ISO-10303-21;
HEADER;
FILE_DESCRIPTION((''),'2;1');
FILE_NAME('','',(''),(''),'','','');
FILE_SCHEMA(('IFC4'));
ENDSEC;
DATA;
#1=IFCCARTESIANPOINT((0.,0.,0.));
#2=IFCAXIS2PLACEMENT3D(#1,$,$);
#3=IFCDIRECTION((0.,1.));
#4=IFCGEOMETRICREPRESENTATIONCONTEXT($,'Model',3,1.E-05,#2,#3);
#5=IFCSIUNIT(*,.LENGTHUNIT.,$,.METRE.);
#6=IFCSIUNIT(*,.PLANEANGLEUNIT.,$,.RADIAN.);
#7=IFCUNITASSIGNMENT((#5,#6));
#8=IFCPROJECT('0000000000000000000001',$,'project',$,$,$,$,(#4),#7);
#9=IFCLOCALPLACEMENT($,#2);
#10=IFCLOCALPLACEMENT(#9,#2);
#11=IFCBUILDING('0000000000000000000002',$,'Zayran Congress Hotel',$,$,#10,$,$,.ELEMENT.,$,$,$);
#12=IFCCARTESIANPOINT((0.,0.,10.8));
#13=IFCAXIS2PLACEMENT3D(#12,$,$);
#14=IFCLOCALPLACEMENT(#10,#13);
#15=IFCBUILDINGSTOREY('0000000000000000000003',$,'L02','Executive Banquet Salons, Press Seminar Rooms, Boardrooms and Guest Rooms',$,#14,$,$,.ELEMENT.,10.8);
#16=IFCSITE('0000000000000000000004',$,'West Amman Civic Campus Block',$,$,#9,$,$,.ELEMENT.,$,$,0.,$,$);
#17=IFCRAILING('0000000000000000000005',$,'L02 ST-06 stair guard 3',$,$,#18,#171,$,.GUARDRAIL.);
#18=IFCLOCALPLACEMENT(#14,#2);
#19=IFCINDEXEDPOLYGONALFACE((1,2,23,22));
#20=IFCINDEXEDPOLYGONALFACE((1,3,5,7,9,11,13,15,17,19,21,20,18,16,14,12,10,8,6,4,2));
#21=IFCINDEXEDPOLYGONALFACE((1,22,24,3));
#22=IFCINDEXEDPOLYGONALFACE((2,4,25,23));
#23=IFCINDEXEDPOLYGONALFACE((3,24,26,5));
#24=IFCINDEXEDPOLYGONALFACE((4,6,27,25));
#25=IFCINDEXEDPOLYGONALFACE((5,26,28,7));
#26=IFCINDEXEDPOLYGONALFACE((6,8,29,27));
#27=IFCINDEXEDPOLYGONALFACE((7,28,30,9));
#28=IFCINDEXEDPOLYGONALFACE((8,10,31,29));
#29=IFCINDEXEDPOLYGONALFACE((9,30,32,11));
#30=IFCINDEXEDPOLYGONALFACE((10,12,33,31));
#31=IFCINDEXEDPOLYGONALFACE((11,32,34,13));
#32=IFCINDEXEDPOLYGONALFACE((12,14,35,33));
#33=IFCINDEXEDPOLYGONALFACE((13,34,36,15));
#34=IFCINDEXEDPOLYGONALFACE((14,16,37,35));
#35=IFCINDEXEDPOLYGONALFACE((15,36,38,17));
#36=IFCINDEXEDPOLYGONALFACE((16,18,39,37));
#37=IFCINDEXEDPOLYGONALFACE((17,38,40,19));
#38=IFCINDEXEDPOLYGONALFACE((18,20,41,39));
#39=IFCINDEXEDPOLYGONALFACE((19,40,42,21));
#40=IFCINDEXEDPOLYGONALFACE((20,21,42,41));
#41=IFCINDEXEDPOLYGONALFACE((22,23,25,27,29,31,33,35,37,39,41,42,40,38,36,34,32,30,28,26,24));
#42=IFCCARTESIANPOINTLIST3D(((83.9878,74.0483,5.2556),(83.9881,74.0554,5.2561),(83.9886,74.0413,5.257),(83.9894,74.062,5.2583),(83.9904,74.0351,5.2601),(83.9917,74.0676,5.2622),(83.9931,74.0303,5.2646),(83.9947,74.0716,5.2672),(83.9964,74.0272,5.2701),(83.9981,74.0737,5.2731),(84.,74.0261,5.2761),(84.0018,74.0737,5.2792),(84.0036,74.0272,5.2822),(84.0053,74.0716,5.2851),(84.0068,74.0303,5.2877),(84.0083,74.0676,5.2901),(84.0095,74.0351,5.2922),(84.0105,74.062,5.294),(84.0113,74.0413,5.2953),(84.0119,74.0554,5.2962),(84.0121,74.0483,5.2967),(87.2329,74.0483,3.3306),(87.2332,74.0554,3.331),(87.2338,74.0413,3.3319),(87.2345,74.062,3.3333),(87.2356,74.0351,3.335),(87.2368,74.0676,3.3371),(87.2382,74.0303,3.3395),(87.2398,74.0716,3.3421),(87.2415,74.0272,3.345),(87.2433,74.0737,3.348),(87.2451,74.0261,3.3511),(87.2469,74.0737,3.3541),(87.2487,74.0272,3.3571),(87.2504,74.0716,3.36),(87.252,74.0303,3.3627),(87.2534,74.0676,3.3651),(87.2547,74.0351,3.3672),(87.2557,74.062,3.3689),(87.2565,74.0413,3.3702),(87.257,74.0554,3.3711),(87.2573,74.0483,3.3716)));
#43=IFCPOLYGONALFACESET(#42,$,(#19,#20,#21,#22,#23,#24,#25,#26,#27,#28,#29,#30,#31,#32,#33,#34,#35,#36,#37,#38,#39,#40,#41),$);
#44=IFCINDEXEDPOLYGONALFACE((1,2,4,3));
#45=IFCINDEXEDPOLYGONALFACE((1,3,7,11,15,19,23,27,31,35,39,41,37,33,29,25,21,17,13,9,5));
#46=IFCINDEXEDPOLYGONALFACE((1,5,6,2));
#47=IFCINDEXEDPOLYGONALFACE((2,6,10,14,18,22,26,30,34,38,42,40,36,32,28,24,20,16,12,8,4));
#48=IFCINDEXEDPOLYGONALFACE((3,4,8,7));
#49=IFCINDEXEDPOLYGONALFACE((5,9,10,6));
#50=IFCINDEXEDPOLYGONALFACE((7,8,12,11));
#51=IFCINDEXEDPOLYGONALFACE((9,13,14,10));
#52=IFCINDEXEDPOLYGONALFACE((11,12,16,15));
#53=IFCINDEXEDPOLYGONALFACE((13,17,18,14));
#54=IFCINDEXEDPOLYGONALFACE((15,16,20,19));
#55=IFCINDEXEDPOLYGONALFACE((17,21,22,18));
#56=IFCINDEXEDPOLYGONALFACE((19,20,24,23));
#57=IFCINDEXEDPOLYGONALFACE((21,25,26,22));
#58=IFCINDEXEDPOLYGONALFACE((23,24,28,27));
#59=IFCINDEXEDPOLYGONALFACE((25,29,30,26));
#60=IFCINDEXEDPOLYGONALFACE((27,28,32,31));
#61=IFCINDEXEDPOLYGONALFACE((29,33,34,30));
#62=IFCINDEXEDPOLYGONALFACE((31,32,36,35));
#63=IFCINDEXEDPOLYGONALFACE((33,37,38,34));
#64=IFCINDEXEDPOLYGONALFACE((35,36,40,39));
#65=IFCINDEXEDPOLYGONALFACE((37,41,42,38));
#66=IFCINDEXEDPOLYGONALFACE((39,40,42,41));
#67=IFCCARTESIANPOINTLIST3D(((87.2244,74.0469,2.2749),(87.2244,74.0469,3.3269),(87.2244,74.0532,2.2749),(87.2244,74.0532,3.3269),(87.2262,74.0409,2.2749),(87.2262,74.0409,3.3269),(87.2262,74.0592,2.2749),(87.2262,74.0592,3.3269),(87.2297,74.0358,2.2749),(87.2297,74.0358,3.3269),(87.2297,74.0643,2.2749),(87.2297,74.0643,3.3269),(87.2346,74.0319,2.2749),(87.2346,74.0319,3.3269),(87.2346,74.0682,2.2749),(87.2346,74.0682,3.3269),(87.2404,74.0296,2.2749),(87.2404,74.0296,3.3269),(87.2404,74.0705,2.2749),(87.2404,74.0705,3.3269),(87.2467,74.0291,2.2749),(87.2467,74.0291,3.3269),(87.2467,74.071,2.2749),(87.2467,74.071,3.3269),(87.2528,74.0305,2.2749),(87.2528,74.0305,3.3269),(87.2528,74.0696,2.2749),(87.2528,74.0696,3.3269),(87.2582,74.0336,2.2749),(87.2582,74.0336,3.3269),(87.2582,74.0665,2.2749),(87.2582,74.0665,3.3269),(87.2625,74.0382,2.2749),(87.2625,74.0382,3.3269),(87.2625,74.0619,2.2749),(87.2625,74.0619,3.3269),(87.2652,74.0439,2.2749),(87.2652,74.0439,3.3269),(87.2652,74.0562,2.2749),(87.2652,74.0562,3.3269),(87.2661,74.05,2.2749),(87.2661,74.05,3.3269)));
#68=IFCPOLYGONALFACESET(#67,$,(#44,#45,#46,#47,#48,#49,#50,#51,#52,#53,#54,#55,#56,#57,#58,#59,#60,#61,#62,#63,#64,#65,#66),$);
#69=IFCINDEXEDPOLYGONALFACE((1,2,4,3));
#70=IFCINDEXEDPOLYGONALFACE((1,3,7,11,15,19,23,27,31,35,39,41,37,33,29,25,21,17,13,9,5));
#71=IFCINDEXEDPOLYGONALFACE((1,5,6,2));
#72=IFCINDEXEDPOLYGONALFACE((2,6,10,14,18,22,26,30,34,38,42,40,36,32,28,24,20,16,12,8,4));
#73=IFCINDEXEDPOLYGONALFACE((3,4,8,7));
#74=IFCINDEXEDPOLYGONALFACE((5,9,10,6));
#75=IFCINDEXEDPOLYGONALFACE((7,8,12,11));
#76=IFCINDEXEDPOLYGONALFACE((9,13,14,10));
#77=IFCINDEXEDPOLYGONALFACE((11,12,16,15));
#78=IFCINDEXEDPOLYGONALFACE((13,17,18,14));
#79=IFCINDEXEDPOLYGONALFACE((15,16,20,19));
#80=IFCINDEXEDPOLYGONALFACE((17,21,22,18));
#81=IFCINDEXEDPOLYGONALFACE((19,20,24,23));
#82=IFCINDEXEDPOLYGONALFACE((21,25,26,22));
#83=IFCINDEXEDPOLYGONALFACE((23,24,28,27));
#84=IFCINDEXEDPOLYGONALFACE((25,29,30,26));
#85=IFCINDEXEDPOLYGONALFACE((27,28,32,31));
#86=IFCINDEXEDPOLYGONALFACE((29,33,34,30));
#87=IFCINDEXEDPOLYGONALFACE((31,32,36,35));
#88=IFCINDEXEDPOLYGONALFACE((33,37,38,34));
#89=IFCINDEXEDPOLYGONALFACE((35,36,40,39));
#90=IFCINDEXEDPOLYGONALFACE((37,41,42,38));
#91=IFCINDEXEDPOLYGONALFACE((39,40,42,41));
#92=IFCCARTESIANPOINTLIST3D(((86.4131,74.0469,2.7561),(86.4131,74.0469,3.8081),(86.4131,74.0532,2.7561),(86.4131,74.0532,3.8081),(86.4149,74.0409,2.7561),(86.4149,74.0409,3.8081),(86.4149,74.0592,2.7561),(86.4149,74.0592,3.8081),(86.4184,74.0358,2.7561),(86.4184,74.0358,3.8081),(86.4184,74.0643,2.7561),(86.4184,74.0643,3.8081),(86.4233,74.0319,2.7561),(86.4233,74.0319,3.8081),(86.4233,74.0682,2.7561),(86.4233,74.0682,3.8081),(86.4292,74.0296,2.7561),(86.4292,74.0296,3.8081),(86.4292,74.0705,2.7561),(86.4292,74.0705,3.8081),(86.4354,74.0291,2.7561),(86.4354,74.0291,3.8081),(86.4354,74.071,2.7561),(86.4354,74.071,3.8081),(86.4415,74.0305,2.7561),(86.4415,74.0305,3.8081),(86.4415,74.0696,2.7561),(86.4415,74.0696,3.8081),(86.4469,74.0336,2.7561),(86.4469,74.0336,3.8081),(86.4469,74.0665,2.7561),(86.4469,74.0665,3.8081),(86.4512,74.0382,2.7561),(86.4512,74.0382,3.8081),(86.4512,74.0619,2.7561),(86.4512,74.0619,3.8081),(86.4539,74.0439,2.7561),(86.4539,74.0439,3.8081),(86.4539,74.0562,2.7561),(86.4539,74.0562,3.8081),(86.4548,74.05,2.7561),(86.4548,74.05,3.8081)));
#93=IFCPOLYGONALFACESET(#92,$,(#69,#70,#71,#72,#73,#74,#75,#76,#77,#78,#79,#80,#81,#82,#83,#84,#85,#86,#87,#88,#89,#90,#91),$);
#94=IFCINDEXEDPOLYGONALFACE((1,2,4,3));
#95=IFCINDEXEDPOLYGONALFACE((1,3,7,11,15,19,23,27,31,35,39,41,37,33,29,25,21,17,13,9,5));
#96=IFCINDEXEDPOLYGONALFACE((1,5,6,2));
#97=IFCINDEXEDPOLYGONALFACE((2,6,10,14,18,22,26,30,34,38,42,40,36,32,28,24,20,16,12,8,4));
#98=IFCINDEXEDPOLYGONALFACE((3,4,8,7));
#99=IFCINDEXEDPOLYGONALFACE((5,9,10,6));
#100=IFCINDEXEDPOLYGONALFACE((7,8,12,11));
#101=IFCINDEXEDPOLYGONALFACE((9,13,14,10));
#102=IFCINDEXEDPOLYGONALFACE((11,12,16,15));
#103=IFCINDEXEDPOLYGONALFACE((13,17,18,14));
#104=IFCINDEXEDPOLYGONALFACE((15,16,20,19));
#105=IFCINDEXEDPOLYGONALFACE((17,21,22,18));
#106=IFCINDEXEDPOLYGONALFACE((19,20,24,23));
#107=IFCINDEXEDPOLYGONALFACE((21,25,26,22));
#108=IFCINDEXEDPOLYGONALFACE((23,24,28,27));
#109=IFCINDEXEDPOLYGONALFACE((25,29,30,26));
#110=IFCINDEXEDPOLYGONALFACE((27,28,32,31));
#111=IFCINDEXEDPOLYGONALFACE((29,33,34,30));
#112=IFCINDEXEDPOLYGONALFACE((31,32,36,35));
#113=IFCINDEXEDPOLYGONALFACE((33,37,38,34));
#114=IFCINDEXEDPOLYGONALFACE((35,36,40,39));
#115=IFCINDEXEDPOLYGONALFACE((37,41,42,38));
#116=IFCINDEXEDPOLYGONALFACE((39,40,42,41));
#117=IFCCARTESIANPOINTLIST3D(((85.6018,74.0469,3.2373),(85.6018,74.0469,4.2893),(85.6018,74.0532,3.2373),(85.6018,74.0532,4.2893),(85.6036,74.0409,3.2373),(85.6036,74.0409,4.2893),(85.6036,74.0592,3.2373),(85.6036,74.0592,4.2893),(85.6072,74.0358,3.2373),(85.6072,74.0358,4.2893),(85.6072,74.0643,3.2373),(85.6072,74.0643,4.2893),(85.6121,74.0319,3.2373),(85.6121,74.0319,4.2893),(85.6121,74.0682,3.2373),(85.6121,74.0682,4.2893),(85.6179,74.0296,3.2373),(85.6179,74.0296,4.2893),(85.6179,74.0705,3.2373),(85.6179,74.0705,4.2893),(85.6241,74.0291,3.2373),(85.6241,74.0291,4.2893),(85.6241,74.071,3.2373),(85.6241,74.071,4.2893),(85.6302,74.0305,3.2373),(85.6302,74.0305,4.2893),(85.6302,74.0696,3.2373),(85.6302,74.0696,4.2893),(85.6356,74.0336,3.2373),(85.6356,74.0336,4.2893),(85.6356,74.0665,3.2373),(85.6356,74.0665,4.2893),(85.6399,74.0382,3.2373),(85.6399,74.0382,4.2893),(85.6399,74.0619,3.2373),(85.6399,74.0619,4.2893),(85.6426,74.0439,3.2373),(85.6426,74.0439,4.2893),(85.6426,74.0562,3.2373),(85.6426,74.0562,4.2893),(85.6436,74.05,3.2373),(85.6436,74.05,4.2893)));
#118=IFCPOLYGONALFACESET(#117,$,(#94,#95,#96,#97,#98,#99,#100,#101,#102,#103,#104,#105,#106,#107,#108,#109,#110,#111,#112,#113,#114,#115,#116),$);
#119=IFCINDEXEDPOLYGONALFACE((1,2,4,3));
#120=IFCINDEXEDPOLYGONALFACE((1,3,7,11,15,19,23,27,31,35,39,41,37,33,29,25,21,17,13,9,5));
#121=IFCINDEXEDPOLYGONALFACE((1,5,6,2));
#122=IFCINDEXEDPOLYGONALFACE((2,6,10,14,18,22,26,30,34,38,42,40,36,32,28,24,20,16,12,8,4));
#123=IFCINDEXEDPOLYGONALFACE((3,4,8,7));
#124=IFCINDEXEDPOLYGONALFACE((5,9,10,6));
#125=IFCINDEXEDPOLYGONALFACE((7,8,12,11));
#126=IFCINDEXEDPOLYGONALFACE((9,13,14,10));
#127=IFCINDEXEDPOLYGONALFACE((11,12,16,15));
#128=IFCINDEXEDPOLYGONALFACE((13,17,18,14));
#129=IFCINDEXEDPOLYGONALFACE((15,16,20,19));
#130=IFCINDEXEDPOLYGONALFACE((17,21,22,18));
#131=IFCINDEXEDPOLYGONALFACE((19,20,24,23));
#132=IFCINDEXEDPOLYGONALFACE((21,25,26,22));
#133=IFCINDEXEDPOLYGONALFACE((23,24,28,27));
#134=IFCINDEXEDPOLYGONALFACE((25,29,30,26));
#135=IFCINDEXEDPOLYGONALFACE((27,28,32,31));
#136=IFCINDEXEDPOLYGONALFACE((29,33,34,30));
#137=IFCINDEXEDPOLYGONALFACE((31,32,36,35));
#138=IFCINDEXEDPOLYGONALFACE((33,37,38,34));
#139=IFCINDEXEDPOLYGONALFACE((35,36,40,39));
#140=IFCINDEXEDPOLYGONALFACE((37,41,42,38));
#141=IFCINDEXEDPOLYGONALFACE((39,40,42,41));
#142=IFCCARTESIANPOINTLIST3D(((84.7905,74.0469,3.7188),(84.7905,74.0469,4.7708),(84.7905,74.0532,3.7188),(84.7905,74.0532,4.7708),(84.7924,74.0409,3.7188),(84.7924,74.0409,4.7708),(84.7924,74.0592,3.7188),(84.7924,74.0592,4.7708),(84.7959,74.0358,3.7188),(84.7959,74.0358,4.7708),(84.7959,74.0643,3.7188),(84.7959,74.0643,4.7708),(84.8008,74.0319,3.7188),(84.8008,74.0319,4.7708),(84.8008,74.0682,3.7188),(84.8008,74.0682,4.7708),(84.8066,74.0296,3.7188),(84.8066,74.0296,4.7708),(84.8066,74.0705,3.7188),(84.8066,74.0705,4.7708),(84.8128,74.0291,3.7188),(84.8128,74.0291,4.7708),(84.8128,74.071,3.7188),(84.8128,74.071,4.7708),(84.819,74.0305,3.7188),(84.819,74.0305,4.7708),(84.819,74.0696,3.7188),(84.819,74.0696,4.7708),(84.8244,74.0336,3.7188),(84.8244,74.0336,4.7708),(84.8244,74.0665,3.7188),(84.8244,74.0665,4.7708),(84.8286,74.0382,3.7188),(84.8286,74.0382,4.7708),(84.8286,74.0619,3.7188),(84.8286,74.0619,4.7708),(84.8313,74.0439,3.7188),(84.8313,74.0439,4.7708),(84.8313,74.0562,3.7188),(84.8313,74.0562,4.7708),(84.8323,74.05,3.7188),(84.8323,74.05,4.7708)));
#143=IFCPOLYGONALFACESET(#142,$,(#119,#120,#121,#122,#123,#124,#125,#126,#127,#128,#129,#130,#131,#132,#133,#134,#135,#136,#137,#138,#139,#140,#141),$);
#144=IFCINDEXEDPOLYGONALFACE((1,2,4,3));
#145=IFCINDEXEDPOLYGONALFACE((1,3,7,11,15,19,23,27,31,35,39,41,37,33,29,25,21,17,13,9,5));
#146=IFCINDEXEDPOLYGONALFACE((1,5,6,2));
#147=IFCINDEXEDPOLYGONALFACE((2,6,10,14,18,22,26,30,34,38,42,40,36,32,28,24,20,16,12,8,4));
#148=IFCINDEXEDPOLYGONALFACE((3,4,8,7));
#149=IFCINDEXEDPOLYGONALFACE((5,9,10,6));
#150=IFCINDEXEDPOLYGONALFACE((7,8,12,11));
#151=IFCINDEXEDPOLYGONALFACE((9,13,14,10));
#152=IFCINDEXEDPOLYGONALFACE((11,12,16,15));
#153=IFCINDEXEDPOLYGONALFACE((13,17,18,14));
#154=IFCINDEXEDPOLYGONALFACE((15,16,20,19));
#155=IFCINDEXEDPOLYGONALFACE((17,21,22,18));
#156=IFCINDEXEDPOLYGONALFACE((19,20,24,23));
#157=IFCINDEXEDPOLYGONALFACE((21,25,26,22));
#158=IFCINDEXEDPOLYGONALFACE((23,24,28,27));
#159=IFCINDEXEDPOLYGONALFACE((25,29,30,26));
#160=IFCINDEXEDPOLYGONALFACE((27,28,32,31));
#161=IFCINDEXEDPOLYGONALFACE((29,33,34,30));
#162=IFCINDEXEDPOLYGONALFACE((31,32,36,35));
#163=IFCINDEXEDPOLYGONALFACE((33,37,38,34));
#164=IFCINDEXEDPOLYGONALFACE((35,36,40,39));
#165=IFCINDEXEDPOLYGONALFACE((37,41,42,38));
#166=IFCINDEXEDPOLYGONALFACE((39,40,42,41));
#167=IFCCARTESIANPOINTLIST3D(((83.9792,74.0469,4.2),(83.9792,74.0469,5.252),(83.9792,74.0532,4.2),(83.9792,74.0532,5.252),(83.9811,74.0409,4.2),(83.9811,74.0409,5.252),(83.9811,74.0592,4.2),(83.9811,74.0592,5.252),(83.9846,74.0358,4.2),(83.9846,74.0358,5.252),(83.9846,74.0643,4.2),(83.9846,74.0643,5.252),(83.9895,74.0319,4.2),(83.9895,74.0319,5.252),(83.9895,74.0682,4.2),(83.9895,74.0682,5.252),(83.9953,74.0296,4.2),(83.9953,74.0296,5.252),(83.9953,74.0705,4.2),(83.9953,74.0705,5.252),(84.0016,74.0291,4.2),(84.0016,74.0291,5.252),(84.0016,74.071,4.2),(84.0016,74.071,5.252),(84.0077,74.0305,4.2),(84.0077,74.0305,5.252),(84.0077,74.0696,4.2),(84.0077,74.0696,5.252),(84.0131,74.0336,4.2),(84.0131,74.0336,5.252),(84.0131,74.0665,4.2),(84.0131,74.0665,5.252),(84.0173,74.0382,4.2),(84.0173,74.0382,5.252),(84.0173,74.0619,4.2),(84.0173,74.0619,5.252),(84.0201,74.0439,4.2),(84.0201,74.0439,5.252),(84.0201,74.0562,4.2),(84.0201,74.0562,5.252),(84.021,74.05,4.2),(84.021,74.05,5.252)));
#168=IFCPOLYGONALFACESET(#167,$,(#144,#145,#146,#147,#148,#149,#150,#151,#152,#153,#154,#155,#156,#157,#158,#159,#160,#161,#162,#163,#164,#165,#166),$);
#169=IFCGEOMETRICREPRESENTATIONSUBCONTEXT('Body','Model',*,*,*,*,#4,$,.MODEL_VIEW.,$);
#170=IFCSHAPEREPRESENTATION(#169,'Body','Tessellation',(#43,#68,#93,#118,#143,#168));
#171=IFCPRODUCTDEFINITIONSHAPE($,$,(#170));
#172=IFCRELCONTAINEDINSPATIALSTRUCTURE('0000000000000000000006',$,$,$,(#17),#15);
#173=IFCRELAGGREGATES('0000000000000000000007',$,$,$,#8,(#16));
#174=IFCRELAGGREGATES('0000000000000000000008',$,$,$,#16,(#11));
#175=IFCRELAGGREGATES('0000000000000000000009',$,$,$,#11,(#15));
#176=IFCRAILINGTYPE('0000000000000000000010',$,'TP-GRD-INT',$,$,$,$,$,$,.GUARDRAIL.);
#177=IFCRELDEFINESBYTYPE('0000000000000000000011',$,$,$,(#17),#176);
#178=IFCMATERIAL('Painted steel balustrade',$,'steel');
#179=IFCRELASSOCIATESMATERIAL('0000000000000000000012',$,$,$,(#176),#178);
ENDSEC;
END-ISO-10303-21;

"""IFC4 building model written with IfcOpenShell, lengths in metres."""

from ifc_helpers import new_model, si_unit, direction, frame, origin, origin_2d, place, context, subcontext, project, spatial, circle, extrude, material, type_object, element, save


model = new_model("IFC4")

# Units and contexts
model_context = context("Model", 3, precision=1e-05, world=origin(), true_north=direction((0.0, 1.0)))
body_context = subcontext(model_context, "Body", "Model", "MODEL_VIEW")
ifc_project = project(units=[si_unit("LENGTHUNIT", "METRE"), si_unit("PLANEANGLEUNIT", "RADIAN")], contexts=[model_context])

# Site, building, storey
site_placement = place(None, origin())
site = spatial("IfcSite", under=ifc_project, at=site_placement, Name="West Amman Civic Campus Block", CompositionType="ELEMENT", RefElevation=0.0)
building_placement = place(site_placement, origin())
building = spatial("IfcBuilding", under=site, at=building_placement, Name="Zayran Congress Hotel", CompositionType="ELEMENT")
storey_placement = place(building_placement, frame((0.0, 0.0, 10.8)))
storey = spatial("IfcBuildingStorey", under=building, at=storey_placement, Name="L02", Description="Executive Banquet Salons, Press Seminar Rooms, Boardrooms and Guest Rooms", CompositionType="ELEMENT", Elevation=10.8)

# Railing
ifc_material_1 = material(Name="Painted steel balustrade", Category="steel")
railing_type_1 = type_object("IfcRailingType", Name="TP-GRD-INT", PredefinedType="GUARDRAIL", material=ifc_material_1)
railing_1_placement = place(storey_placement, frame((87.2451, 74.05, 2.2749)))
element("IfcRailing", 1, at=railing_1_placement, inside=storey, type_object=railing_type_1, Name="L02 ST-06 stair guard 3", PredefinedType="GUARDRAIL", context=body_context, shape_type="SweptSolid", body=[
    extrude(circle(Radius=0.0239, at=origin_2d()), frame((0.0, 0.0, 1.0762), z_axis=(-0.860057, 0.0, 0.510198), x_axis=(0.0, -1.0, 0.0)), (0.0, 0.0, 1.0), 3.7732),
    extrude(circle(Radius=0.021, at=origin_2d()), origin(), (0.0, 0.0, 1.0), 1.052),
    extrude(circle(Radius=0.021, at=origin_2d()), frame((-0.8113, 0.0, 0.4812)), (0.0, 0.0, 1.0), 1.052),
    extrude(circle(Radius=0.021, at=origin_2d()), frame((-1.6226, 0.0, 0.9624)), (0.0, 0.0, 1.0), 1.052),
    extrude(circle(Radius=0.021, at=origin_2d()), frame((-2.4338, 0.0, 1.4438)), (0.0, 0.0, 1.0), 1.052),
    extrude(circle(Radius=0.021, at=origin_2d()), frame((-3.2451, 0.0, 1.925)), (0.0, 0.0, 1.0), 1.052),
])

save(model, "model.ifc")
